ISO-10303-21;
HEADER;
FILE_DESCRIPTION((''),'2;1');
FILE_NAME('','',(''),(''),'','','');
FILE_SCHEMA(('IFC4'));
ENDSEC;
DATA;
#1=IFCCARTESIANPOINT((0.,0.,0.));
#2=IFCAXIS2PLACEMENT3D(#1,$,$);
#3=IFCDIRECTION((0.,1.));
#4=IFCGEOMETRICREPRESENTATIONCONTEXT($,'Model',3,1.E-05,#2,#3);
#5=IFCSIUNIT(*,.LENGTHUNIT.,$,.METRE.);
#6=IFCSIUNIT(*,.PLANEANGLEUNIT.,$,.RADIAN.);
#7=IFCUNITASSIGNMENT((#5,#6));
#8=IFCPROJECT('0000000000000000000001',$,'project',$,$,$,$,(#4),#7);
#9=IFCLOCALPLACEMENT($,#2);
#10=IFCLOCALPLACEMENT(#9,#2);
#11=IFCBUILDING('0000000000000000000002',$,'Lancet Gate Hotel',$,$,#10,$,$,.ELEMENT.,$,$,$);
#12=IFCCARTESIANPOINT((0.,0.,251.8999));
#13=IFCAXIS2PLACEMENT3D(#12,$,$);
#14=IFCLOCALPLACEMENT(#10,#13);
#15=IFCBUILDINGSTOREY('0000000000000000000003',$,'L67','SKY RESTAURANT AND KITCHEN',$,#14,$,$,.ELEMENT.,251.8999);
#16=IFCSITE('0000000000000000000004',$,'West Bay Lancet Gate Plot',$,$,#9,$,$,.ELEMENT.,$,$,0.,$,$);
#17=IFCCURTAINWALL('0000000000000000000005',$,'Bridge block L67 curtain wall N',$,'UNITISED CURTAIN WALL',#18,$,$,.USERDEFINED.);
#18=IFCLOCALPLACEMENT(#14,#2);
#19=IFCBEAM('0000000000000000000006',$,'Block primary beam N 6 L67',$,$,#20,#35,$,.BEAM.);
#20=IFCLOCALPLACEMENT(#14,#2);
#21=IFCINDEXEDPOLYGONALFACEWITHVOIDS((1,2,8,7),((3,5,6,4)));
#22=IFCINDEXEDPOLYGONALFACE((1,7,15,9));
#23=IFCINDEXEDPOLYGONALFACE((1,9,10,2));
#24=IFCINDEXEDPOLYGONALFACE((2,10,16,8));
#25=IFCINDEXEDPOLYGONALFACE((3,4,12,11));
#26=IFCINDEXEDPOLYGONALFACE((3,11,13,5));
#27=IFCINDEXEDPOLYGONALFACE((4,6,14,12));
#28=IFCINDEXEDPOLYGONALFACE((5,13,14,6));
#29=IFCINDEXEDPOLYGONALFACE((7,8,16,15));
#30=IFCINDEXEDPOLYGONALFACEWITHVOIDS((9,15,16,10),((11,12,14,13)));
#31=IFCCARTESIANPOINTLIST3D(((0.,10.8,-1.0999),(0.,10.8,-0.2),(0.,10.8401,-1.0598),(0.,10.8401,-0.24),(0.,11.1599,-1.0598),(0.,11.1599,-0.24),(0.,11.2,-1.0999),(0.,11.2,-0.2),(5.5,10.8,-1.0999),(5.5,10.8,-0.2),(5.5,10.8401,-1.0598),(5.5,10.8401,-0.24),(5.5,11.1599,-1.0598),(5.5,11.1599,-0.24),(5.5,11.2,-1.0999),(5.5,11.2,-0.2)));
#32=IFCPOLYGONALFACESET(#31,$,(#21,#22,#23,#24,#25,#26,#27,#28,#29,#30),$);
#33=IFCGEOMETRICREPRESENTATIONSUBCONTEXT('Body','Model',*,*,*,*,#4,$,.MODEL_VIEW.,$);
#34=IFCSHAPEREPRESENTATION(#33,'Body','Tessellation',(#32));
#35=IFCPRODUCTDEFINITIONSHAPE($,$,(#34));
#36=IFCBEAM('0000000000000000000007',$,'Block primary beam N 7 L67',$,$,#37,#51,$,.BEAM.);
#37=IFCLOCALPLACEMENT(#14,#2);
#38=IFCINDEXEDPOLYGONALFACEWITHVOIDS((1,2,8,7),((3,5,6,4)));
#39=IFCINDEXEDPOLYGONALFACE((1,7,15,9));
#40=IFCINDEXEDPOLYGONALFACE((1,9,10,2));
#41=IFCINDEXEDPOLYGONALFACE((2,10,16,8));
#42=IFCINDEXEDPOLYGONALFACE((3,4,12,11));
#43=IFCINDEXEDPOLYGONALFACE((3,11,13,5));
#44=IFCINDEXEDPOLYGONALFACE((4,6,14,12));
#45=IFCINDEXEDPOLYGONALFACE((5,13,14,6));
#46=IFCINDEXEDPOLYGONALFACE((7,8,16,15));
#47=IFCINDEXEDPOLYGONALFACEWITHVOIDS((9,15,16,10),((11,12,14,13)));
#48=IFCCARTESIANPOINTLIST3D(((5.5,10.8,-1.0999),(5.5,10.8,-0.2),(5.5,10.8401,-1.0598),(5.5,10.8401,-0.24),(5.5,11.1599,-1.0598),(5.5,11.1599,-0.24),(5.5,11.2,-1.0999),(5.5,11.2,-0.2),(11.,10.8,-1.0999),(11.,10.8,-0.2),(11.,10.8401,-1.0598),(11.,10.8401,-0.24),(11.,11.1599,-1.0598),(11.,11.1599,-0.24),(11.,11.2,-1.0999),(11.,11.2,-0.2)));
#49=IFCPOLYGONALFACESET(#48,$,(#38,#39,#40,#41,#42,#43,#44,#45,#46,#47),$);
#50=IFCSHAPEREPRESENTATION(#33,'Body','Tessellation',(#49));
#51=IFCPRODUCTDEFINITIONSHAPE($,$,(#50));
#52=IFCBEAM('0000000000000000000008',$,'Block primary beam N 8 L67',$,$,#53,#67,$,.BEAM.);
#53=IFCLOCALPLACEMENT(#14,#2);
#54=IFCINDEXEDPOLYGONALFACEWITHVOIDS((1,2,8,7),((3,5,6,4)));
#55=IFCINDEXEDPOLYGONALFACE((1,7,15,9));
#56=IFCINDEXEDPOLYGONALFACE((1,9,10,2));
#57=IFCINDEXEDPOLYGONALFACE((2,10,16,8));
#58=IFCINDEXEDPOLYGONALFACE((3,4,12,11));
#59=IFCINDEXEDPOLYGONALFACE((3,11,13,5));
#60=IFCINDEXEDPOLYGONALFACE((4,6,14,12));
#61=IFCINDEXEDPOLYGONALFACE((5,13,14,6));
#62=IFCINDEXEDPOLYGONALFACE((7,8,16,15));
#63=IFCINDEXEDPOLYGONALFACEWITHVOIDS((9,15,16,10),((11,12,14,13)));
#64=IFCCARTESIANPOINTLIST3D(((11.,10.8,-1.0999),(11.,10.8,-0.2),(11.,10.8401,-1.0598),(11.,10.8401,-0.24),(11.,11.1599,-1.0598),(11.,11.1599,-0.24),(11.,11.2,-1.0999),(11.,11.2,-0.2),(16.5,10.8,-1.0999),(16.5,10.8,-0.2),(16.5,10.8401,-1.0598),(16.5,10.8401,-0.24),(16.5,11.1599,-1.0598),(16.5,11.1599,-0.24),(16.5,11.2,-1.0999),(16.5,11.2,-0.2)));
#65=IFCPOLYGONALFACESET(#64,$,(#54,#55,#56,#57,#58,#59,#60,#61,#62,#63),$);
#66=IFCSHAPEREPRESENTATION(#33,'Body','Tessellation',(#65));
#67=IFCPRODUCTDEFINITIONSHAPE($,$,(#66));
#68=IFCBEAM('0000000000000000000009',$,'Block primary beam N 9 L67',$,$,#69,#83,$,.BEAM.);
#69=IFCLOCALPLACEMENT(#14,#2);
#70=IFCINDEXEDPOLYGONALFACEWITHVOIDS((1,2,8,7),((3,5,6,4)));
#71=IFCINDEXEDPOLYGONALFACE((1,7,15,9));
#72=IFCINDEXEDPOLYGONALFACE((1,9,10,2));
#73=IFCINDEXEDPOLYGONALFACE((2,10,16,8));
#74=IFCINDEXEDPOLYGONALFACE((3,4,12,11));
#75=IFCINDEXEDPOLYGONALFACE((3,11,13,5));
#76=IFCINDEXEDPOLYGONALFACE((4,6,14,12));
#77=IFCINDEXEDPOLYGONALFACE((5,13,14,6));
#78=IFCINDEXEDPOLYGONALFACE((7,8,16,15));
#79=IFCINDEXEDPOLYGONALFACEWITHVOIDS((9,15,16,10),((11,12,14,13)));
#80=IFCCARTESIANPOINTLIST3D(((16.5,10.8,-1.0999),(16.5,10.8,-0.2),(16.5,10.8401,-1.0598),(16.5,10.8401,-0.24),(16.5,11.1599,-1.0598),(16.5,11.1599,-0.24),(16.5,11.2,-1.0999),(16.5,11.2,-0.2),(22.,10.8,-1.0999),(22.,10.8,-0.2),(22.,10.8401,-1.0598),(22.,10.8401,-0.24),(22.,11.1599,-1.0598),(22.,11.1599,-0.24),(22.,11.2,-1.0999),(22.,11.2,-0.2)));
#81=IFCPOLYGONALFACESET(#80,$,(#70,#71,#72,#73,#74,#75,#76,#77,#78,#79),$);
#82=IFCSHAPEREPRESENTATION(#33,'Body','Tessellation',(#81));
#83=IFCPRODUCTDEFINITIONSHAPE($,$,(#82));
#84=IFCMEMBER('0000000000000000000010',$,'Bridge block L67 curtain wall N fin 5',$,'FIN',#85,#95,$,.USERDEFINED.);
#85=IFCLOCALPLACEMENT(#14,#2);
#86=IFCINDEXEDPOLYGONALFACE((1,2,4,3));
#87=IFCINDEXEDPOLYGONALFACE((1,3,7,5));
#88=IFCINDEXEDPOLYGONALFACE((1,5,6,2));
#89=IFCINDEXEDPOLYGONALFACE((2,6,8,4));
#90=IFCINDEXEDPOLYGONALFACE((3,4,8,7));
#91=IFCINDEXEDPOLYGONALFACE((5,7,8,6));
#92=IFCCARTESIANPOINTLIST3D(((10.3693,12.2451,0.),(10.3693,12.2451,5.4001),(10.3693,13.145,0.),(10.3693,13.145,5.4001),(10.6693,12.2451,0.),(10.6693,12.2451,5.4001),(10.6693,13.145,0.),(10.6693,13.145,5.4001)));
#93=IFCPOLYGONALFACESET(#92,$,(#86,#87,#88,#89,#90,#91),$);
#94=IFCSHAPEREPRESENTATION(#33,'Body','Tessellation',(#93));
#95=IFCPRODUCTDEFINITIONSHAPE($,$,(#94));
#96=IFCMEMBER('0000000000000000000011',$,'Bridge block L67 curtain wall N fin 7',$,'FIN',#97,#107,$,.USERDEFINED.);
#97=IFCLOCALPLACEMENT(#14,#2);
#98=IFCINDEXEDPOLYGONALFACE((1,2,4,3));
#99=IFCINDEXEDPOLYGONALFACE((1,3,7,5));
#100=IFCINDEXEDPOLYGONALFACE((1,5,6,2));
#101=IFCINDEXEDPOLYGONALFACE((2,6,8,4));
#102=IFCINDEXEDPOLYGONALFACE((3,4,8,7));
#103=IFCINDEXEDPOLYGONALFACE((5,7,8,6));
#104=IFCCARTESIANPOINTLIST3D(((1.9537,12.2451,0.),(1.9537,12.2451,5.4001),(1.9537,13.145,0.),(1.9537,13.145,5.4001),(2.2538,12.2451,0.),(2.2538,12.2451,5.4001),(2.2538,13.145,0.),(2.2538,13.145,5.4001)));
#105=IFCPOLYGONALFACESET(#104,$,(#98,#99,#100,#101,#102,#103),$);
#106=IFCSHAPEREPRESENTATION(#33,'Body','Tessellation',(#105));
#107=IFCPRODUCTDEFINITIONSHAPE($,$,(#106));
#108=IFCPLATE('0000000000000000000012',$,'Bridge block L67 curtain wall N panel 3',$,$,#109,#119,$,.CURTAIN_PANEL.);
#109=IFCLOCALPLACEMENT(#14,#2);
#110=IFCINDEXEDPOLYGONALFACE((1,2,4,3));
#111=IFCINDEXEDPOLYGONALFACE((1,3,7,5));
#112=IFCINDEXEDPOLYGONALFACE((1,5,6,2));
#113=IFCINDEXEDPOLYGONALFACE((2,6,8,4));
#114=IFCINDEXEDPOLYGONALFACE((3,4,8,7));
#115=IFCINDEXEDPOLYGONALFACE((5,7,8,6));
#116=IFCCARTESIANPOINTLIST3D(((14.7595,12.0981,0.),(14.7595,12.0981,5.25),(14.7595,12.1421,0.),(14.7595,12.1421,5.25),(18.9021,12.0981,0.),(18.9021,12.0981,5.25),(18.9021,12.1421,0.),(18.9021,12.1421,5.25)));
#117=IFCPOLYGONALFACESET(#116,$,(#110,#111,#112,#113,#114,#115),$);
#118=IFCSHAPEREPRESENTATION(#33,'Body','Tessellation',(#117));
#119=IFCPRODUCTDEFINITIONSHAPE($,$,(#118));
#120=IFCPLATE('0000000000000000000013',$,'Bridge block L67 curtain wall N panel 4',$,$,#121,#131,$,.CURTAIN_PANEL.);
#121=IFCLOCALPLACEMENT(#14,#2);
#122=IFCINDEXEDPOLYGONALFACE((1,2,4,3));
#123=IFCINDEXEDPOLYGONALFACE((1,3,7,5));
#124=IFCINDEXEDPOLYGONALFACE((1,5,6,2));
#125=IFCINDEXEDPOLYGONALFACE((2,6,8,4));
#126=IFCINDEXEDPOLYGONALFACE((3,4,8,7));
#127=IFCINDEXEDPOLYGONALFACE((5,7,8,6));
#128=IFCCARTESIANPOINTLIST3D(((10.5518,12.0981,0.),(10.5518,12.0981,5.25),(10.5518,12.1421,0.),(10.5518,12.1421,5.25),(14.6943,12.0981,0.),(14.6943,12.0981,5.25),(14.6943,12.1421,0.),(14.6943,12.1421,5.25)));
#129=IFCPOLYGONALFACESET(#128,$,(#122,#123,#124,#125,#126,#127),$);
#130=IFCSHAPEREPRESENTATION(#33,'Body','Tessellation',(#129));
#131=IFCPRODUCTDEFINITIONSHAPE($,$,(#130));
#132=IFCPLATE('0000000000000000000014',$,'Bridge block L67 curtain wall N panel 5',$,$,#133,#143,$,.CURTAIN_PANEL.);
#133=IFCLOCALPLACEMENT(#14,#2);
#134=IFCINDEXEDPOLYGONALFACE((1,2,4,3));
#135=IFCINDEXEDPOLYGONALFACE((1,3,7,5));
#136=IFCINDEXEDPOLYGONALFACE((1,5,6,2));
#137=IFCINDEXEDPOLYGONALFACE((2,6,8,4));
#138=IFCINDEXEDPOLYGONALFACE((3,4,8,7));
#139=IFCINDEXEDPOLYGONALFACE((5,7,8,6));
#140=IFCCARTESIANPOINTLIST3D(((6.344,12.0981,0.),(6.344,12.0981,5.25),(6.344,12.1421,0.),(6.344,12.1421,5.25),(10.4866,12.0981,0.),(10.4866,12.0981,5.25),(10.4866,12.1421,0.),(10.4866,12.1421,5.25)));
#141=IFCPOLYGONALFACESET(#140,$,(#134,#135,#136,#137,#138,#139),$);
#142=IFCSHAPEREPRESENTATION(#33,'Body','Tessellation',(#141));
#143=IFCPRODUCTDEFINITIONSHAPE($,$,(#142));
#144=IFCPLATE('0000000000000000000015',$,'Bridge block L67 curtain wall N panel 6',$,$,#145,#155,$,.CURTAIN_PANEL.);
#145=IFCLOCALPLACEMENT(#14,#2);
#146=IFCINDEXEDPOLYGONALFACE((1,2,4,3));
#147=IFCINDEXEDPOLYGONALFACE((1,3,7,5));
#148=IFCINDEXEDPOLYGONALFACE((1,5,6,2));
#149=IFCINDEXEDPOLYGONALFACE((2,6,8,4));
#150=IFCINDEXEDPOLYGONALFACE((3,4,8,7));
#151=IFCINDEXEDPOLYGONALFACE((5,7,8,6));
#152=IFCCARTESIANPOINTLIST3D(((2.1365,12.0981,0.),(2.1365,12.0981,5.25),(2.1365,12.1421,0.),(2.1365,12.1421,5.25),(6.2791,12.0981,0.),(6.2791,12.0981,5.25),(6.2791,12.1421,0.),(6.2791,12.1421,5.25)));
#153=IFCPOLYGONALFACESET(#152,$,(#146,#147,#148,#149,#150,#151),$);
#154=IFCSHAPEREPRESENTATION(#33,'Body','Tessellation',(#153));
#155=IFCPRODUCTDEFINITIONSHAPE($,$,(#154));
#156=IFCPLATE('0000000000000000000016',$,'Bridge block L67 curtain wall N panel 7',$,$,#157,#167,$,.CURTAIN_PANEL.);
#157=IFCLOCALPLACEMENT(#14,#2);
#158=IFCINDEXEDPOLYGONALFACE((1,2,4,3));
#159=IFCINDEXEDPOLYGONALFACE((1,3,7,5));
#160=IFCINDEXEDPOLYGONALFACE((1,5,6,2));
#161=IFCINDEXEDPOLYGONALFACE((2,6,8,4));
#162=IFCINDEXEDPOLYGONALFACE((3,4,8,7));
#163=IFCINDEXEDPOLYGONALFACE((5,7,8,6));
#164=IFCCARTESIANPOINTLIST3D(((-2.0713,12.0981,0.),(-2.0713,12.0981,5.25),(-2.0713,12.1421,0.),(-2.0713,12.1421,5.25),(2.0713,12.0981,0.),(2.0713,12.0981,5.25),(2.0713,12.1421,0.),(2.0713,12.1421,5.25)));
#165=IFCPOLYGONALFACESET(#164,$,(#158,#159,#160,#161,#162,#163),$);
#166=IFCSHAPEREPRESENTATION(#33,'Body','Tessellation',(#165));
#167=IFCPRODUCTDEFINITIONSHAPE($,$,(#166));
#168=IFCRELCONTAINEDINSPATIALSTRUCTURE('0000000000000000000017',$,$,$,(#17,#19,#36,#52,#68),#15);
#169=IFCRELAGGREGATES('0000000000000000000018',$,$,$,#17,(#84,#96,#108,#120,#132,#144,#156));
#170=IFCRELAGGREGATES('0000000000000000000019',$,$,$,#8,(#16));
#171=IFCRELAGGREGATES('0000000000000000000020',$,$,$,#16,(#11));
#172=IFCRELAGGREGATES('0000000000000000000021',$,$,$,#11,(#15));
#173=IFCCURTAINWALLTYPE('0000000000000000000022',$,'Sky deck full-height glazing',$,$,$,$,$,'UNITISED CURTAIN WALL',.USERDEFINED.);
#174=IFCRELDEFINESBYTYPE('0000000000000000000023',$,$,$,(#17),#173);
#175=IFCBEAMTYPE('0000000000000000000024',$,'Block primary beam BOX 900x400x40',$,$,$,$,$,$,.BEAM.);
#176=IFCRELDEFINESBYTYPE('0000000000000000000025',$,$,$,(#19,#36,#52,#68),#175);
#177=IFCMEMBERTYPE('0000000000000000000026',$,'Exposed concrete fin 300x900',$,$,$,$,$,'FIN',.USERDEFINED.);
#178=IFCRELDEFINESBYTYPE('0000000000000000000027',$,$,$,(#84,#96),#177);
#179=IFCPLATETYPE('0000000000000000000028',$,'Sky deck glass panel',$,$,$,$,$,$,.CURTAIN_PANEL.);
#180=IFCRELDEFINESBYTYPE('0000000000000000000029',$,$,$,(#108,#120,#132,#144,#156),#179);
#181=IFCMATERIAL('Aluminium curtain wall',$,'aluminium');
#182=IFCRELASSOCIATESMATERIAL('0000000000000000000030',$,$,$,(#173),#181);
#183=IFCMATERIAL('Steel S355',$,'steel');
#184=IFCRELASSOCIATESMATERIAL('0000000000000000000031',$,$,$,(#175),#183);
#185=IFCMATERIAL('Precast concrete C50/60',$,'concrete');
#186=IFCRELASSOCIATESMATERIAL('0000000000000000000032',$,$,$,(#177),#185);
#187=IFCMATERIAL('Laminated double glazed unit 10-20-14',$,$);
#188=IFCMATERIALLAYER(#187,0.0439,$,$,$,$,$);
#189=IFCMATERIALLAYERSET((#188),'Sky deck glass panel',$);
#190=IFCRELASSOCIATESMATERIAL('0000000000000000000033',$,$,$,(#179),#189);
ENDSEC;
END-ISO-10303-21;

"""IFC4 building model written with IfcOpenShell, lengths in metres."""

from ifc_helpers import new_model, si_unit, direction, frame, origin, origin_2d, place, context, subcontext, project, spatial, rectangle, hollow_rectangle, extrude, material, layer, layer_set, material_profile, profile_set, type_object, element, aggregate, save


model = new_model("IFC4")

# Units and contexts
model_context = context("Model", 3, precision=1e-05, world=origin(), true_north=direction((0.0, 1.0)))
body_context = subcontext(model_context, "Body", "Model", "MODEL_VIEW")
ifc_project = project(units=[si_unit("LENGTHUNIT", "METRE"), si_unit("PLANEANGLEUNIT", "RADIAN")], contexts=[model_context])

# Site, building, storey
site_placement = place(None, origin())
site = spatial("IfcSite", under=ifc_project, at=site_placement, Name="West Bay Lancet Gate Plot", CompositionType="ELEMENT", RefElevation=0.0)
building_placement = place(site_placement, origin())
building = spatial("IfcBuilding", under=site, at=building_placement, Name="Lancet Gate Hotel", CompositionType="ELEMENT")
storey_placement = place(building_placement, frame((0.0, 0.0, 251.8999)))
storey = spatial("IfcBuildingStorey", under=building, at=storey_placement, Name="L67", Description="SKY RESTAURANT AND KITCHEN", CompositionType="ELEMENT", Elevation=251.8999)

# Curtain wall
ifc_material_1 = material(Name="Aluminium curtain wall", Category="aluminium")
curtain_wall_type = type_object("IfcCurtainWallType", Name="Sky deck full-height glazing", ElementType="UNITISED CURTAIN WALL", PredefinedType="USERDEFINED", material=ifc_material_1)
curtain_wall_placement = place(storey_placement, origin())
curtain_wall = element("IfcCurtainWall", 1, at=curtain_wall_placement, inside=storey, type_object=curtain_wall_type, Name="Bridge block L67 curtain wall N", ObjectType="UNITISED CURTAIN WALL", PredefinedType="USERDEFINED")

# Beams
ifc_material_2 = material(Name="Steel S355", Category="steel")
ifc_material_profile_1 = material_profile(ifc_material_2, hollow_rectangle(XDim=0.3999, YDim=0.8999, WallThickness=0.04, at=origin_2d()), Name="BOX 900x400x40")
ifc_profile_set_1 = profile_set([ifc_material_profile_1], Name="Steel S355")
beam_type_1 = type_object("IfcBeamType", Name="Block primary beam BOX 900x400x40", PredefinedType="BEAM", material=ifc_profile_set_1)
for number, where, z_axis, x_axis, name in (
    (2, (0.0, 11.0, -0.6499), (1.0, 0.0, 0.0), (0.0, 1.0, 0.0), "Block primary beam N 6 L67"),
    (3, (5.5, 11.0, -0.6499), (1.0, 0.0, 0.0), (0.0, 1.0, 0.0), "Block primary beam N 7 L67"),
    (4, (11.0, 11.0, -0.6499), (1.0, 0.0, 0.0), (0.0, 1.0, 0.0), "Block primary beam N 8 L67"),
    (5, (16.5, 11.0, -0.6499), (1.0, 0.0, 0.0), (0.0, 1.0, 0.0), "Block primary beam N 9 L67"),
):
    element("IfcBeam", number, at=place(storey_placement, frame(where, z_axis=z_axis, x_axis=x_axis)), inside=storey, type_object=beam_type_1, Name=name, PredefinedType="BEAM", context=body_context, shape_type="SweptSolid", body=[
        extrude(hollow_rectangle(XDim=0.3999, YDim=0.8999, WallThickness=0.04, at=origin_2d()), origin(), (0.0, 0.0, 1.0), 5.5),
    ])

# Members
ifc_material_3 = material(Name="Precast concrete C50/60", Category="concrete")
ifc_material_profile_2 = material_profile(ifc_material_3, rectangle(XDim=0.3, YDim=0.8999, at=origin_2d()), Name="FIN 300x900")
ifc_profile_set_2 = profile_set([ifc_material_profile_2], Name="Precast concrete C50/60")
member_type_1 = type_object("IfcMemberType", Name="Exposed concrete fin 300x900", ElementType="FIN", PredefinedType="USERDEFINED", material=ifc_profile_set_2)
member_1_placement = place(storey_placement, frame((10.5193, 12.6951, 0.0), z_axis=(0.0, 0.0, 1.0), x_axis=(-1.0, 0.0, 0.0)))
member_1 = element("IfcMember", 6, at=member_1_placement, type_object=member_type_1, Name="Bridge block L67 curtain wall N fin 5", ObjectType="FIN", PredefinedType="USERDEFINED", context=body_context, shape_type="SweptSolid", body=[
    extrude(rectangle(XDim=0.3, YDim=0.8999, at=origin_2d()), origin(), (0.0, 0.0, 1.0), 5.4001),
])
member_2_placement = place(storey_placement, frame((2.1038, 12.6951, 0.0), z_axis=(0.0, 0.0, 1.0), x_axis=(-1.0, 0.0, 0.0)))
member_2 = element("IfcMember", 7, at=member_2_placement, type_object=member_type_1, Name="Bridge block L67 curtain wall N fin 7", ObjectType="FIN", PredefinedType="USERDEFINED", context=body_context, shape_type="SweptSolid", body=[
    extrude(rectangle(XDim=0.3, YDim=0.8999, at=origin_2d()), origin(), (0.0, 0.0, 1.0), 5.4001),
])

# Plates
ifc_material_4 = material(Name="Laminated double glazed unit 10-20-14")
ifc_layer = layer(ifc_material_4, 0.0439)
ifc_layer_set = layer_set([ifc_layer], Name="Sky deck glass panel")
plate_type = type_object("IfcPlateType", Name="Sky deck glass panel", PredefinedType="CURTAIN_PANEL", material=ifc_layer_set)
plate_1_placement = place(storey_placement, frame((16.8308, 12.1201, 0.0), z_axis=(0.0, 0.0, 1.0), x_axis=(-1.0, 0.0, 0.0)))
plate_1 = element("IfcPlate", 8, at=plate_1_placement, type_object=plate_type, Name="Bridge block L67 curtain wall N panel 3", PredefinedType="CURTAIN_PANEL", context=body_context, shape_type="SweptSolid", body=[
    extrude(rectangle(XDim=4.1426, YDim=0.0439, at=origin_2d()), origin(), (0.0, 0.0, 1.0), 5.25),
])
plate_2_placement = place(storey_placement, frame((12.623, 12.1201, 0.0), z_axis=(0.0, 0.0, 1.0), x_axis=(-1.0, 0.0, 0.0)))
plate_2 = element("IfcPlate", 9, at=plate_2_placement, type_object=plate_type, Name="Bridge block L67 curtain wall N panel 4", PredefinedType="CURTAIN_PANEL", context=body_context, shape_type="SweptSolid", body=[
    extrude(rectangle(XDim=4.1426, YDim=0.0439, at=origin_2d()), origin(), (0.0, 0.0, 1.0), 5.25),
])
plate_3_placement = place(storey_placement, frame((8.4153, 12.1201, 0.0), z_axis=(0.0, 0.0, 1.0), x_axis=(-1.0, 0.0, 0.0)))
plate_3 = element("IfcPlate", 10, at=plate_3_placement, type_object=plate_type, Name="Bridge block L67 curtain wall N panel 5", PredefinedType="CURTAIN_PANEL", context=body_context, shape_type="SweptSolid", body=[
    extrude(rectangle(XDim=4.1426, YDim=0.0439, at=origin_2d()), origin(), (0.0, 0.0, 1.0), 5.25),
])
plate_4_placement = place(storey_placement, frame((4.2078, 12.1201, 0.0), z_axis=(0.0, 0.0, 1.0), x_axis=(-1.0, 0.0, 0.0)))
plate_4 = element("IfcPlate", 11, at=plate_4_placement, type_object=plate_type, Name="Bridge block L67 curtain wall N panel 6", PredefinedType="CURTAIN_PANEL", context=body_context, shape_type="SweptSolid", body=[
    extrude(rectangle(XDim=4.1426, YDim=0.0439, at=origin_2d()), origin(), (0.0, 0.0, 1.0), 5.25),
])
plate_5_placement = place(storey_placement, frame((0.0, 12.1201, 0.0), z_axis=(0.0, 0.0, 1.0), x_axis=(-1.0, 0.0, 0.0)))
plate_5 = element("IfcPlate", 12, at=plate_5_placement, type_object=plate_type, Name="Bridge block L67 curtain wall N panel 7", PredefinedType="CURTAIN_PANEL", context=body_context, shape_type="SweptSolid", body=[
    extrude(rectangle(XDim=4.1426, YDim=0.0439, at=origin_2d()), origin(), (0.0, 0.0, 1.0), 5.25),
])
aggregate(curtain_wall, [member_1, member_2, plate_1, plate_2, plate_3, plate_4, plate_5])

save(model, "model.ifc")
